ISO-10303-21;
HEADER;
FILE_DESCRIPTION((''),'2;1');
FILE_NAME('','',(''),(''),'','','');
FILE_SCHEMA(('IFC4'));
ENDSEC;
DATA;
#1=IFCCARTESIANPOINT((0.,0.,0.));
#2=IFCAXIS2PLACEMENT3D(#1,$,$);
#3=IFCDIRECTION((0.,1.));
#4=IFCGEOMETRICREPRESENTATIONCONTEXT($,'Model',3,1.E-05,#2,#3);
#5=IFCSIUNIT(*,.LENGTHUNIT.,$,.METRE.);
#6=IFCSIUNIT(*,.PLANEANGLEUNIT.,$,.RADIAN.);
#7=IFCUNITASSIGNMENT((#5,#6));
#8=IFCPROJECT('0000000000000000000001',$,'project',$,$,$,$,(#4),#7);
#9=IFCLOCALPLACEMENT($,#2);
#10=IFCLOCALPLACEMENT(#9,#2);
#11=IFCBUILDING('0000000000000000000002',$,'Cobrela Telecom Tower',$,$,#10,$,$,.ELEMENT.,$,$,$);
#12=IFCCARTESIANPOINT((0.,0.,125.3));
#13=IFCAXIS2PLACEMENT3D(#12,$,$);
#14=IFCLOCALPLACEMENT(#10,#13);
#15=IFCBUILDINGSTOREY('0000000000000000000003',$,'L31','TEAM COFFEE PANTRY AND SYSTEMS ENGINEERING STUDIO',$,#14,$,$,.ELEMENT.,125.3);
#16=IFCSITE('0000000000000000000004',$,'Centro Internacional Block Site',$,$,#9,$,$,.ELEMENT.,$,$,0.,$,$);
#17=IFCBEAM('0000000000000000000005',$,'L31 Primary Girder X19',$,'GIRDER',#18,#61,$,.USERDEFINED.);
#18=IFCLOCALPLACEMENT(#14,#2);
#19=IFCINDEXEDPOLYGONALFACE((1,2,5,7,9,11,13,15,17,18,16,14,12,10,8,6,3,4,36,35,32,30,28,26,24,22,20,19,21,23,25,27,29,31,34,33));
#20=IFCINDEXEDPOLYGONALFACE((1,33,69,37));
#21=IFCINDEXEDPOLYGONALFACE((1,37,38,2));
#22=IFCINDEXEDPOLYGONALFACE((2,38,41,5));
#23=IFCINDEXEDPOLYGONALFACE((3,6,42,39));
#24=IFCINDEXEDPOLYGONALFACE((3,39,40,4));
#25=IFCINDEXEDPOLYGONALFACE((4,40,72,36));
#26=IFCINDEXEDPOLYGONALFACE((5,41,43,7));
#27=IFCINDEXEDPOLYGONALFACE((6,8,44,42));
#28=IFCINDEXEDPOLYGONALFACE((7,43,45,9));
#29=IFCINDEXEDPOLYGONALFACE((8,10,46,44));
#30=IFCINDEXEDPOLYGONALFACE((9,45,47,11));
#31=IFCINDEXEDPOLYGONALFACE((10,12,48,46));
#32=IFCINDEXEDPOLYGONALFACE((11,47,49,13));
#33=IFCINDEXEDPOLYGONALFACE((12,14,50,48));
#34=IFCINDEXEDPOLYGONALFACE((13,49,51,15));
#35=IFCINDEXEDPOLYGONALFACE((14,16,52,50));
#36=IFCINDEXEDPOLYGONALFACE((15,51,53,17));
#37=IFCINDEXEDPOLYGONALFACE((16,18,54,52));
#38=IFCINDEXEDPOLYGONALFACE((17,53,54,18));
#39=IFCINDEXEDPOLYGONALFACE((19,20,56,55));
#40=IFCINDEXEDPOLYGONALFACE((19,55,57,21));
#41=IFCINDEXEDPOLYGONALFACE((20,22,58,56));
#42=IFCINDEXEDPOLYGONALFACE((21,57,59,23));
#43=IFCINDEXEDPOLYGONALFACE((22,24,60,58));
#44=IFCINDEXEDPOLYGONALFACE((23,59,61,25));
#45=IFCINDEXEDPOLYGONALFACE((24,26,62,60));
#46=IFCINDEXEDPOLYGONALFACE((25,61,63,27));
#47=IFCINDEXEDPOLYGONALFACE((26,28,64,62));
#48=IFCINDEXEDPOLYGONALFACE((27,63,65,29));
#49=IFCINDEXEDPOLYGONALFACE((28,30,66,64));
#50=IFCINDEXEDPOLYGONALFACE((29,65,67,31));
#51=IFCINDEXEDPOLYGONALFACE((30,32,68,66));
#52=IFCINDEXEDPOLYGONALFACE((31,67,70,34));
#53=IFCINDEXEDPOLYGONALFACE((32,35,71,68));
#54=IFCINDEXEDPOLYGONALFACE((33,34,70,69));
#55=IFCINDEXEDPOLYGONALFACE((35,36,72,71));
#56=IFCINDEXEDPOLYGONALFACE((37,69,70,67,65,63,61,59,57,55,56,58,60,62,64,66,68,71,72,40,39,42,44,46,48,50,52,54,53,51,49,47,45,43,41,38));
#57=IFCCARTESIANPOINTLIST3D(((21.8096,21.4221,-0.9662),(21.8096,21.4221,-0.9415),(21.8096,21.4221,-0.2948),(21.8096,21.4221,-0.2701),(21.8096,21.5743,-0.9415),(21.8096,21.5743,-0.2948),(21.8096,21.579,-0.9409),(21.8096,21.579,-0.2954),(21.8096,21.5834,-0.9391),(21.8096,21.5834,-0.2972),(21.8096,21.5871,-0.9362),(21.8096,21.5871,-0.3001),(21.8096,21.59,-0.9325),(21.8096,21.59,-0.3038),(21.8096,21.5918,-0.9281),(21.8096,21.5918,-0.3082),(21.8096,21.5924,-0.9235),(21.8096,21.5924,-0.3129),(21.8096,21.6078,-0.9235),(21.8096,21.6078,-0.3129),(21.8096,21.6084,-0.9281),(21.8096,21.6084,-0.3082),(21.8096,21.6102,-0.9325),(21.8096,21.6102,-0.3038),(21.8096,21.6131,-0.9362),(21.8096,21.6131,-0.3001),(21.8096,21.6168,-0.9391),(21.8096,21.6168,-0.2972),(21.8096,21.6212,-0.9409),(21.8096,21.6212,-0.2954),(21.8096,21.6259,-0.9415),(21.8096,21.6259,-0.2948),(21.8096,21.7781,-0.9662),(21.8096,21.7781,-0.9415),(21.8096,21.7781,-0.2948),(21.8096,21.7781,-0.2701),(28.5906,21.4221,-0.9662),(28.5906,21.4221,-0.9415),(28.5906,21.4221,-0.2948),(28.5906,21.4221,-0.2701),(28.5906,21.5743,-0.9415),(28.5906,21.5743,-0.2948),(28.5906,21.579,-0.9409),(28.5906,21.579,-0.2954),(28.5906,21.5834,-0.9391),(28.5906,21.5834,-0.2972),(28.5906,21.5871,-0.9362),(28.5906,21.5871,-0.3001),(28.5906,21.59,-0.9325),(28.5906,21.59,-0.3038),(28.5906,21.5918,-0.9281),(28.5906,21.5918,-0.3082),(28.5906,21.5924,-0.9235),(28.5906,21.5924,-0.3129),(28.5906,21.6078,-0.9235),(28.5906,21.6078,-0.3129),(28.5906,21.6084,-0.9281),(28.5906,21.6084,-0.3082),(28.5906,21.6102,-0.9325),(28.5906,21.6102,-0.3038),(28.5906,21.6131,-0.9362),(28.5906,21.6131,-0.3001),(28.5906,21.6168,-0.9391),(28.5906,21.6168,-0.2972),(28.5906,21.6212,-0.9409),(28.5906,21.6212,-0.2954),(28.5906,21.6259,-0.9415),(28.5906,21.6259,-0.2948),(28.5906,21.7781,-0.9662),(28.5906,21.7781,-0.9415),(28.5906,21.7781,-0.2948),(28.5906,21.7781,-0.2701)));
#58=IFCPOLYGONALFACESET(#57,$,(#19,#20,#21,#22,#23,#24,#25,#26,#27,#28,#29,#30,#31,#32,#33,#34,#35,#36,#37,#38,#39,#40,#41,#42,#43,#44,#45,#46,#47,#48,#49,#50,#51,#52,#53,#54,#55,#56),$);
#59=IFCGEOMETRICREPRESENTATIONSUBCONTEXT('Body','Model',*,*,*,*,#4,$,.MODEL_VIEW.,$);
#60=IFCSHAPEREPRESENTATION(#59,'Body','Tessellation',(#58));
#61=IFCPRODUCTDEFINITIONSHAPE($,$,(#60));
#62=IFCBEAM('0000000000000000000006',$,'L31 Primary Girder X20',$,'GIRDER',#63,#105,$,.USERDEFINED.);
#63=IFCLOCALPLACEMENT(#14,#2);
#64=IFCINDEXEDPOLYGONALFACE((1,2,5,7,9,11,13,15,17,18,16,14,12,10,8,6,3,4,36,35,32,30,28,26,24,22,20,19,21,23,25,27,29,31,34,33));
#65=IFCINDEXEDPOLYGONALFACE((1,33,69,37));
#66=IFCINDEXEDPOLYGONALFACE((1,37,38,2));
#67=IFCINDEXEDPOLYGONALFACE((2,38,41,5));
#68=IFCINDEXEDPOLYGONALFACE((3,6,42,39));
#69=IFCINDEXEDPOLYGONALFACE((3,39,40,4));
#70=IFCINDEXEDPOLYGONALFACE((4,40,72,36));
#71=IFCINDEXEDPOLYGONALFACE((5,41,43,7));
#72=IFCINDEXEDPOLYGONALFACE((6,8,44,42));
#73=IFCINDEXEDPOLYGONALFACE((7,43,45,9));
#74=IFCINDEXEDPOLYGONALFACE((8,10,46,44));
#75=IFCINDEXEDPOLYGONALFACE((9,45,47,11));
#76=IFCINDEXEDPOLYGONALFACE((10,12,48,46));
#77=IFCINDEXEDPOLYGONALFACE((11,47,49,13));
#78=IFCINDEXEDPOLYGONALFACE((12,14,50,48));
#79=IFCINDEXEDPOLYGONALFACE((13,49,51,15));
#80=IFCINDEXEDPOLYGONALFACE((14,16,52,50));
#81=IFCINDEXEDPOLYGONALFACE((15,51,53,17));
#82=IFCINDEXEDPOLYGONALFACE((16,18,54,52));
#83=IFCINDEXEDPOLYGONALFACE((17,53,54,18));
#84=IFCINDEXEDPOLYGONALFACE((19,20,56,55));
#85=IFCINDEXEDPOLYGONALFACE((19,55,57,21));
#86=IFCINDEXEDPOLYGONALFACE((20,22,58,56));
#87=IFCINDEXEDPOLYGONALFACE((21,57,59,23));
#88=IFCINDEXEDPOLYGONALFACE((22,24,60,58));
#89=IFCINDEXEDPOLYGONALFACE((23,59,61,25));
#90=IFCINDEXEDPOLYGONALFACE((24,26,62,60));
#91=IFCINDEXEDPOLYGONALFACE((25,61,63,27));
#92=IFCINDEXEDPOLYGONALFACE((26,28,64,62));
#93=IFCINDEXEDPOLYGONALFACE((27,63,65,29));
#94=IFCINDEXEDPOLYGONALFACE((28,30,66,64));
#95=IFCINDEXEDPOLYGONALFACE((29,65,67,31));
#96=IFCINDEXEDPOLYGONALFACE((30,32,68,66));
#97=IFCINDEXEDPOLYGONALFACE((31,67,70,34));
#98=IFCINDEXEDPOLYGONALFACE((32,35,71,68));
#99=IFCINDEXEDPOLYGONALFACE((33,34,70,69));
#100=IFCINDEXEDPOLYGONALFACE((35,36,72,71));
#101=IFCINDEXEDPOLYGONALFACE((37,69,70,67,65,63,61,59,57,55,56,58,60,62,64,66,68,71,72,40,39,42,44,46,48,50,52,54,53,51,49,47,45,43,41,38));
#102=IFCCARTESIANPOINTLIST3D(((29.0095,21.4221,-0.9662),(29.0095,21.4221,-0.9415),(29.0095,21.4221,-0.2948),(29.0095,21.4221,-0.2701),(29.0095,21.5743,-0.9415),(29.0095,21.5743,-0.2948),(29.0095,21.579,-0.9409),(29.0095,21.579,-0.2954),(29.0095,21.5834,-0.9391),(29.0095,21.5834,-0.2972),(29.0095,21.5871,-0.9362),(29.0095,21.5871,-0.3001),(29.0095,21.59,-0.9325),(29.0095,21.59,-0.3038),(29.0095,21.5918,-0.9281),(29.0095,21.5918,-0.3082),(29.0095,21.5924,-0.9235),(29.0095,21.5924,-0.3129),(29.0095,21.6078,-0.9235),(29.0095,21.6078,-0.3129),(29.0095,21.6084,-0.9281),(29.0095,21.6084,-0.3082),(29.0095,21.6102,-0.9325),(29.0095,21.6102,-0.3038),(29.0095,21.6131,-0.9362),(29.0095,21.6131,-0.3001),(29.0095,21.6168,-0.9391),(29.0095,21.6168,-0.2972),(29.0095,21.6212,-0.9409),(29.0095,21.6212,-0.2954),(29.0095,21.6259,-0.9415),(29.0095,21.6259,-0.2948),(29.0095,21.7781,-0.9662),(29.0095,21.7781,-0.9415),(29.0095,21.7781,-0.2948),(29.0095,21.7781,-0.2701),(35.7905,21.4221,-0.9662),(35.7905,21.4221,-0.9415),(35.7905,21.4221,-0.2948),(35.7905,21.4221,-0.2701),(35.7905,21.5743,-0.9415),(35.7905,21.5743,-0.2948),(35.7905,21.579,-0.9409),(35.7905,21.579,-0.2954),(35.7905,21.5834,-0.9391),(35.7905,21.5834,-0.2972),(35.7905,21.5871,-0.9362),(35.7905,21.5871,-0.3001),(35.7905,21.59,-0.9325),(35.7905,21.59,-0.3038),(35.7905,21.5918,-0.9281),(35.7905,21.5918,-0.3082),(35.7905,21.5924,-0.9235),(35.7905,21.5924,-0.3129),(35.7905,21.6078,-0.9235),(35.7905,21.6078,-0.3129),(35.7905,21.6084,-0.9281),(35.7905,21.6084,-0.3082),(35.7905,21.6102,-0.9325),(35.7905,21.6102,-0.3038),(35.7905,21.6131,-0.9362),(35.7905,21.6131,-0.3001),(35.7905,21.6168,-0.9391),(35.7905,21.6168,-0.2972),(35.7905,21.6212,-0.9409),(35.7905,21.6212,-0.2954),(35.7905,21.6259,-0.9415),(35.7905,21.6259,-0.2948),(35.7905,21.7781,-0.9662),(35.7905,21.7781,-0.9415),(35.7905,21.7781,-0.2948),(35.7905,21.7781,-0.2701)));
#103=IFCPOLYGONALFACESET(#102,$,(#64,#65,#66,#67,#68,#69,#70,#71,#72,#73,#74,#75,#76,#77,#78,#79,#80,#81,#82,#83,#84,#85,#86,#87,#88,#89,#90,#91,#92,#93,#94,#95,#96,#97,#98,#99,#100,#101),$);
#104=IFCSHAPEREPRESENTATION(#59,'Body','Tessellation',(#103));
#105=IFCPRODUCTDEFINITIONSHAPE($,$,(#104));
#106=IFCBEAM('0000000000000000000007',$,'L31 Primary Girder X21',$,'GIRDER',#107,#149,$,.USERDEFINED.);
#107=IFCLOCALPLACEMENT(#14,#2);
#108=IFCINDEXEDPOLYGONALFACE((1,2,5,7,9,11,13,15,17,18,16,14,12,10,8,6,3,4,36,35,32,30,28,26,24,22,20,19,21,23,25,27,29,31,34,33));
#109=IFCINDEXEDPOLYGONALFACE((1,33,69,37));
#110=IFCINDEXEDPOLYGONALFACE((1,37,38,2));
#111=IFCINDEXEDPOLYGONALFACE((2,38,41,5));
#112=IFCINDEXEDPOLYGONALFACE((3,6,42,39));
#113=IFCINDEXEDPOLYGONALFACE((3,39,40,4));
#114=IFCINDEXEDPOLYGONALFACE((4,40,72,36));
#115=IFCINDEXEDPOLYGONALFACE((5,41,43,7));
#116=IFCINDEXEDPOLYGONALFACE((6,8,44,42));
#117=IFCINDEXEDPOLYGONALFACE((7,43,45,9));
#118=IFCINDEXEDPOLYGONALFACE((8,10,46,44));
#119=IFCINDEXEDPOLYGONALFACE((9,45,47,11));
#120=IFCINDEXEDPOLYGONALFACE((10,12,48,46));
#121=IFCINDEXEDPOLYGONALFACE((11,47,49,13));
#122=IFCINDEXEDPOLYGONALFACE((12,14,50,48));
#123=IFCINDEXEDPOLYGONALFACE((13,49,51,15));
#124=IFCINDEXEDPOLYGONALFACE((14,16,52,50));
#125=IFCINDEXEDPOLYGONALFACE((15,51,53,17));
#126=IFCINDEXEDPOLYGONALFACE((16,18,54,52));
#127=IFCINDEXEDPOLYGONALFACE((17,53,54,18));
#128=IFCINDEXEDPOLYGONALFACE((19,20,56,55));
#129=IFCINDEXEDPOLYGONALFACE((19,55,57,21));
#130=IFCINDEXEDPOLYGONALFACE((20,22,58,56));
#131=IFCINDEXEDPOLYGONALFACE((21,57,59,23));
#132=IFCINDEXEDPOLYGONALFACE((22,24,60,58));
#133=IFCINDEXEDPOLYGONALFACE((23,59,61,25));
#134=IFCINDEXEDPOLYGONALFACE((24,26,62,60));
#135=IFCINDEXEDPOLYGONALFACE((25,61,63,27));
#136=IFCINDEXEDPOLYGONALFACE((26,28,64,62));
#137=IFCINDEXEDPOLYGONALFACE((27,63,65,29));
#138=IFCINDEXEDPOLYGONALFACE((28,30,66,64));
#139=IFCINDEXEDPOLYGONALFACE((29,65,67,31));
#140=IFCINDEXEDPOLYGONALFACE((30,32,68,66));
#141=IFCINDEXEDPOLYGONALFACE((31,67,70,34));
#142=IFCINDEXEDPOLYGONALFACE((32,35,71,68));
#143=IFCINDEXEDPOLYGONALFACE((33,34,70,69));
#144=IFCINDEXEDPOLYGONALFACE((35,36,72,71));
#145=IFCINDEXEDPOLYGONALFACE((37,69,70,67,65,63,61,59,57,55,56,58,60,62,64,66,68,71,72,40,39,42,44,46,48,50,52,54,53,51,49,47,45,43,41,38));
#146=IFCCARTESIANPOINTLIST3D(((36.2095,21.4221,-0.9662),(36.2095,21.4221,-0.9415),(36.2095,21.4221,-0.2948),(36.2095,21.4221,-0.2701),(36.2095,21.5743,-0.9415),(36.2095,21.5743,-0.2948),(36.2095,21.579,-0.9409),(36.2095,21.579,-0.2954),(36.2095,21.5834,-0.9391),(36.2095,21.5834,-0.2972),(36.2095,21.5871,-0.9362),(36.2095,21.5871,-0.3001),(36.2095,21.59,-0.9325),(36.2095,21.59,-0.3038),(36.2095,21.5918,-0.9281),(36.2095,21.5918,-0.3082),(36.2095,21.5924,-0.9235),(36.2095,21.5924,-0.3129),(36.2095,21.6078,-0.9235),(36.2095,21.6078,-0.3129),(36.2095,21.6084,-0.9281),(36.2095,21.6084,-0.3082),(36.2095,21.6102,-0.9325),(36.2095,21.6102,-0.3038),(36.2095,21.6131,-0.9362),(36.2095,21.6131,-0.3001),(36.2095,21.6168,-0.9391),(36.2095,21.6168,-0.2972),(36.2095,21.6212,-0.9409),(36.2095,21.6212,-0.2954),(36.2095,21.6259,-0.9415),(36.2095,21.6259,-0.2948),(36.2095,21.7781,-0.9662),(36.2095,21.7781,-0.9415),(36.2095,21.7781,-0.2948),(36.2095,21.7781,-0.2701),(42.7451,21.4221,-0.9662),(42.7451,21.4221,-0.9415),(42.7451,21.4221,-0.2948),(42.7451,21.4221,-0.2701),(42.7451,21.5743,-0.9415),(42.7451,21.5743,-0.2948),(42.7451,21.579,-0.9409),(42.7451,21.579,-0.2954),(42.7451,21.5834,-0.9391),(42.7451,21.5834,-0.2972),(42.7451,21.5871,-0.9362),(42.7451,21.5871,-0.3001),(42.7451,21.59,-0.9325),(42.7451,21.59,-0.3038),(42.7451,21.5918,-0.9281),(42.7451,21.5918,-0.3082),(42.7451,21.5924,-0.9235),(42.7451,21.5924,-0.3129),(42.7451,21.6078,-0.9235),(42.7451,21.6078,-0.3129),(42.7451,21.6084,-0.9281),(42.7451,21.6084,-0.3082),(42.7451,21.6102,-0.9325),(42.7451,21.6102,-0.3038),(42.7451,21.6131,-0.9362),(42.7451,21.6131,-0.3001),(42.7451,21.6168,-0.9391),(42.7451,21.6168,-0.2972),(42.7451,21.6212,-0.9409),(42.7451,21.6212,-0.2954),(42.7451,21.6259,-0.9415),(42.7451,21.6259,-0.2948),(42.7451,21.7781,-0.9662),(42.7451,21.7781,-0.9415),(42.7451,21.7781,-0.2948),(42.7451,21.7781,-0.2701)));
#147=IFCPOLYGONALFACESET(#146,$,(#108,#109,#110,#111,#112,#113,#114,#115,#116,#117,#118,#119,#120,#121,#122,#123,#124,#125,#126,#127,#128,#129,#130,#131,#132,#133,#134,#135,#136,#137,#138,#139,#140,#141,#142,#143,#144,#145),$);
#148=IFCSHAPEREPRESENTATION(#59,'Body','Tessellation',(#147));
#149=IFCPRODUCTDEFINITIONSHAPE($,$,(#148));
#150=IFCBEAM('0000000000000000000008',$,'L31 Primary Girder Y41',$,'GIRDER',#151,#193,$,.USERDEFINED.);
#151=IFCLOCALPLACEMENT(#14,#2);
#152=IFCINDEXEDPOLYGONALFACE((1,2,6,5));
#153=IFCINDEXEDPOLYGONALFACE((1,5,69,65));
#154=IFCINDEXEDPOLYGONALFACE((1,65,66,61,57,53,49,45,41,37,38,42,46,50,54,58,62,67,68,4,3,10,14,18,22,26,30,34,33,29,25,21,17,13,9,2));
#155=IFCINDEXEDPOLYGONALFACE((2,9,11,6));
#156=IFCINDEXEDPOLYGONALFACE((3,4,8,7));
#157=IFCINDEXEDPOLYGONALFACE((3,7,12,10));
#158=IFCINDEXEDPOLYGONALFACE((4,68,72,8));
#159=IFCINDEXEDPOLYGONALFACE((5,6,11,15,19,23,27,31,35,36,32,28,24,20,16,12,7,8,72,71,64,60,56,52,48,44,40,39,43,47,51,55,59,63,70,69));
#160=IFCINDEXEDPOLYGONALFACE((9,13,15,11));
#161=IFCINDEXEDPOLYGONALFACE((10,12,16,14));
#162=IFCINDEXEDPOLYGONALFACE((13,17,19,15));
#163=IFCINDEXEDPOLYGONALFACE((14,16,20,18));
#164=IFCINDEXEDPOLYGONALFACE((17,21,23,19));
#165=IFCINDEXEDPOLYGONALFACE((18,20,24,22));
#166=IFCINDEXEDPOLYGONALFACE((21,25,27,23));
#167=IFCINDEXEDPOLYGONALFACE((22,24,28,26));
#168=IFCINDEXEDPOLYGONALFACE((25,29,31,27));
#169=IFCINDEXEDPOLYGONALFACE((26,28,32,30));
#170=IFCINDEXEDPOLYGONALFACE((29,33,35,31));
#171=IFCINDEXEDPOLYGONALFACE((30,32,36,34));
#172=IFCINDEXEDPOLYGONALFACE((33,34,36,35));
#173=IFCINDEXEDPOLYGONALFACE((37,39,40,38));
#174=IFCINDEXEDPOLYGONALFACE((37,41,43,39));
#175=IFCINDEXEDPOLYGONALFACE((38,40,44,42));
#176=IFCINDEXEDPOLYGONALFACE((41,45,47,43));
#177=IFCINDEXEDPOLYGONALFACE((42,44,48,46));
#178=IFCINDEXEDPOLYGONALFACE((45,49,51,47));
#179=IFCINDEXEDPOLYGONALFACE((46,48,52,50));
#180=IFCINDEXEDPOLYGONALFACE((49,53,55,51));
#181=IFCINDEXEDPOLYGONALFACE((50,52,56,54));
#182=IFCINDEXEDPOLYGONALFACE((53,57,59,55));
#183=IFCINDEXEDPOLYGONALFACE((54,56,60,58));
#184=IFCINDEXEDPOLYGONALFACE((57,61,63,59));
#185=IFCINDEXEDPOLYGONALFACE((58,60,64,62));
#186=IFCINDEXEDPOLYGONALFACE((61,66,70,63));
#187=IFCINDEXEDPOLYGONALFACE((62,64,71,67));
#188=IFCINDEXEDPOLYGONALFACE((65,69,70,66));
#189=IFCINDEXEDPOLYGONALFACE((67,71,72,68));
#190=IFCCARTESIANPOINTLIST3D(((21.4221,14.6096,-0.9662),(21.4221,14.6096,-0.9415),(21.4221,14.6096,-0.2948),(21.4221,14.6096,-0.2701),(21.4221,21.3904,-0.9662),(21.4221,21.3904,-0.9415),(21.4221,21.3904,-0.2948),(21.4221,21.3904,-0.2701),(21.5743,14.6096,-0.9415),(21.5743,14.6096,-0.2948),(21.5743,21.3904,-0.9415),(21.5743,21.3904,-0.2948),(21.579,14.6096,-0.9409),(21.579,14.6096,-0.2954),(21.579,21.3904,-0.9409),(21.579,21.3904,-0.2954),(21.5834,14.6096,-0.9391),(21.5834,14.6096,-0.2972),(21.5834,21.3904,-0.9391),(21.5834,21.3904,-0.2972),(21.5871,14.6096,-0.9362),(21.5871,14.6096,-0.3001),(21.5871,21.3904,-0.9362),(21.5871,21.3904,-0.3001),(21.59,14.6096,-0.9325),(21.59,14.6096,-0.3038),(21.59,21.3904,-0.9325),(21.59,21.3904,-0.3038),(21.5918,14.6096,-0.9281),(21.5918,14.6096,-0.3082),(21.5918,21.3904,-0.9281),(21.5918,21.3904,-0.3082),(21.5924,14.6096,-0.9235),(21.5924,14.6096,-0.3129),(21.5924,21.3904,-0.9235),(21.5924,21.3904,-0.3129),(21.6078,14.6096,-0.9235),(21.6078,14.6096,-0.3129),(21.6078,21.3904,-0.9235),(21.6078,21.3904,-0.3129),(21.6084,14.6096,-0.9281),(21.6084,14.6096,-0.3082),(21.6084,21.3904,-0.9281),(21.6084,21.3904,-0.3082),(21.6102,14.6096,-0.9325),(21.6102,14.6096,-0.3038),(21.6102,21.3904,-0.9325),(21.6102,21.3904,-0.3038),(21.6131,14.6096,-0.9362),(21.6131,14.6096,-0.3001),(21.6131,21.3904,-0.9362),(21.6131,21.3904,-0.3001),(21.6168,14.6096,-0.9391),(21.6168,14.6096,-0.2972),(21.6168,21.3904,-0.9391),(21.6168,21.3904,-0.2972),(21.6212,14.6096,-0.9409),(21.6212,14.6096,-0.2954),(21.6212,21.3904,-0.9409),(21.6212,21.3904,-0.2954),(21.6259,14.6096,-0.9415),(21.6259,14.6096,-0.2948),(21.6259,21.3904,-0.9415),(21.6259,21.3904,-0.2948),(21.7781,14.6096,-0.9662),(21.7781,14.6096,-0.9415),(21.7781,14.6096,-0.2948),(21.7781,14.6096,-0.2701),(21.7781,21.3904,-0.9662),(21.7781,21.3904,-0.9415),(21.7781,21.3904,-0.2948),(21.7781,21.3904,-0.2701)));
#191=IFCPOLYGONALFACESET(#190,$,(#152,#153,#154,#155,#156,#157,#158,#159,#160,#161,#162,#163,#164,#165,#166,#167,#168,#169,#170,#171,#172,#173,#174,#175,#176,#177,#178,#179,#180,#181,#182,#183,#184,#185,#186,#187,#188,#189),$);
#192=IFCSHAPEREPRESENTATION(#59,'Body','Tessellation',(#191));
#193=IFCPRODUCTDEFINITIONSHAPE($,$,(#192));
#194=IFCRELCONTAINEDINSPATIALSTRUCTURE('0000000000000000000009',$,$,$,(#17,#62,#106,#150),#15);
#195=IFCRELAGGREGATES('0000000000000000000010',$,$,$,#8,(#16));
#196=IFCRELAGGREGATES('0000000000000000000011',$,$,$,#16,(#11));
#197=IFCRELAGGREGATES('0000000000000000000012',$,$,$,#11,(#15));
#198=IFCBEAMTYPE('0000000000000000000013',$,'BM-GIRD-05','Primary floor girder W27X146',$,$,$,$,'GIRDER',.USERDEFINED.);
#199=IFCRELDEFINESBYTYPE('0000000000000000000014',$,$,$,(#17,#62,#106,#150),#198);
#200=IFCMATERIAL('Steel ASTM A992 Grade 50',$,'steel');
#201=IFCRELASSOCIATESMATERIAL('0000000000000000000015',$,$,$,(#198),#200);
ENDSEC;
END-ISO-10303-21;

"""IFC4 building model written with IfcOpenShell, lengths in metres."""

from ifc_helpers import new_model, si_unit, direction, frame, origin, origin_2d, place, context, subcontext, project, spatial, i_section, extrude, material, material_profile, profile_set, type_object, element, save


model = new_model("IFC4")

# Units and contexts
model_context = context("Model", 3, precision=1e-05, world=origin(), true_north=direction((0.0, 1.0)))
body_context = subcontext(model_context, "Body", "Model", "MODEL_VIEW")
ifc_project = project(units=[si_unit("LENGTHUNIT", "METRE"), si_unit("PLANEANGLEUNIT", "RADIAN")], contexts=[model_context])

# Site, building, storey
site_placement = place(None, origin())
site = spatial("IfcSite", under=ifc_project, at=site_placement, Name="Centro Internacional Block Site", CompositionType="ELEMENT", RefElevation=0.0)
building_placement = place(site_placement, origin())
building = spatial("IfcBuilding", under=site, at=building_placement, Name="Cobrela Telecom Tower", CompositionType="ELEMENT")
storey_placement = place(building_placement, frame((0.0, 0.0, 125.3)))
storey = spatial("IfcBuildingStorey", under=building, at=storey_placement, Name="L31", Description="TEAM COFFEE PANTRY AND SYSTEMS ENGINEERING STUDIO", CompositionType="ELEMENT", Elevation=125.3)

# Shared definitions
ifc_material_1 = material(Name="Steel ASTM A992 Grade 50", Category="steel")

# Beams
ifc_material_profile_1 = material_profile(ifc_material_1, i_section(OverallWidth=0.356, OverallDepth=0.696, WebThickness=0.0154, FlangeThickness=0.0247, FilletRadius=0.0181, at=origin_2d()), Name="W27X146")
ifc_profile_set_1 = profile_set([ifc_material_profile_1], Name="Steel ASTM A992 Grade 50")
beam_type_1 = type_object("IfcBeamType", Name="BM-GIRD-05", Description="Primary floor girder W27X146", ElementType="GIRDER", PredefinedType="USERDEFINED", material=ifc_profile_set_1)
for number, where, z_axis, x_axis, name in (
    (1, (21.8096, 21.6001, -0.6182), (1.0, 0.0, 0.0), (0.0, 1.0, 0.0), "L31 Primary Girder X19"),
    (2, (29.0095, 21.6001, -0.6182), (1.0, 0.0, 0.0), (0.0, 1.0, 0.0), "L31 Primary Girder X20"),
):
    element("IfcBeam", number, at=place(storey_placement, frame(where, z_axis=z_axis, x_axis=x_axis)), inside=storey, type_object=beam_type_1, Name=name, ObjectType="GIRDER", PredefinedType="USERDEFINED", context=body_context, shape_type="SweptSolid", body=[
        extrude(i_section(OverallWidth=0.356, OverallDepth=0.696, WebThickness=0.0154, FlangeThickness=0.0247, FilletRadius=0.0181, at=origin_2d()), origin(), (0.0, 0.0, 1.0), 6.781),
    ])
beam_1_placement = place(storey_placement, frame((36.2095, 21.6001, -0.6182), z_axis=(1.0, 0.0, 0.0), x_axis=(0.0, 1.0, 0.0)))
element("IfcBeam", 3, at=beam_1_placement, inside=storey, type_object=beam_type_1, Name="L31 Primary Girder X21", ObjectType="GIRDER", PredefinedType="USERDEFINED", context=body_context, shape_type="SweptSolid", body=[
    extrude(i_section(OverallWidth=0.356, OverallDepth=0.696, WebThickness=0.0154, FlangeThickness=0.0247, FilletRadius=0.0181, at=origin_2d()), origin(), (0.0, 0.0, 1.0), 6.5356),
])
beam_2_placement = place(storey_placement, frame((21.6001, 14.6096, -0.6182), z_axis=(0.0, 1.0, 0.0), x_axis=(-1.0, 0.0, 0.0)))
element("IfcBeam", 4, at=beam_2_placement, inside=storey, type_object=beam_type_1, Name="L31 Primary Girder Y41", ObjectType="GIRDER", PredefinedType="USERDEFINED", context=body_context, shape_type="SweptSolid", body=[
    extrude(i_section(OverallWidth=0.356, OverallDepth=0.696, WebThickness=0.0154, FlangeThickness=0.0247, FilletRadius=0.0181, at=origin_2d()), origin(), (0.0, 0.0, 1.0), 6.7808),
])

save(model, "model.ifc")
